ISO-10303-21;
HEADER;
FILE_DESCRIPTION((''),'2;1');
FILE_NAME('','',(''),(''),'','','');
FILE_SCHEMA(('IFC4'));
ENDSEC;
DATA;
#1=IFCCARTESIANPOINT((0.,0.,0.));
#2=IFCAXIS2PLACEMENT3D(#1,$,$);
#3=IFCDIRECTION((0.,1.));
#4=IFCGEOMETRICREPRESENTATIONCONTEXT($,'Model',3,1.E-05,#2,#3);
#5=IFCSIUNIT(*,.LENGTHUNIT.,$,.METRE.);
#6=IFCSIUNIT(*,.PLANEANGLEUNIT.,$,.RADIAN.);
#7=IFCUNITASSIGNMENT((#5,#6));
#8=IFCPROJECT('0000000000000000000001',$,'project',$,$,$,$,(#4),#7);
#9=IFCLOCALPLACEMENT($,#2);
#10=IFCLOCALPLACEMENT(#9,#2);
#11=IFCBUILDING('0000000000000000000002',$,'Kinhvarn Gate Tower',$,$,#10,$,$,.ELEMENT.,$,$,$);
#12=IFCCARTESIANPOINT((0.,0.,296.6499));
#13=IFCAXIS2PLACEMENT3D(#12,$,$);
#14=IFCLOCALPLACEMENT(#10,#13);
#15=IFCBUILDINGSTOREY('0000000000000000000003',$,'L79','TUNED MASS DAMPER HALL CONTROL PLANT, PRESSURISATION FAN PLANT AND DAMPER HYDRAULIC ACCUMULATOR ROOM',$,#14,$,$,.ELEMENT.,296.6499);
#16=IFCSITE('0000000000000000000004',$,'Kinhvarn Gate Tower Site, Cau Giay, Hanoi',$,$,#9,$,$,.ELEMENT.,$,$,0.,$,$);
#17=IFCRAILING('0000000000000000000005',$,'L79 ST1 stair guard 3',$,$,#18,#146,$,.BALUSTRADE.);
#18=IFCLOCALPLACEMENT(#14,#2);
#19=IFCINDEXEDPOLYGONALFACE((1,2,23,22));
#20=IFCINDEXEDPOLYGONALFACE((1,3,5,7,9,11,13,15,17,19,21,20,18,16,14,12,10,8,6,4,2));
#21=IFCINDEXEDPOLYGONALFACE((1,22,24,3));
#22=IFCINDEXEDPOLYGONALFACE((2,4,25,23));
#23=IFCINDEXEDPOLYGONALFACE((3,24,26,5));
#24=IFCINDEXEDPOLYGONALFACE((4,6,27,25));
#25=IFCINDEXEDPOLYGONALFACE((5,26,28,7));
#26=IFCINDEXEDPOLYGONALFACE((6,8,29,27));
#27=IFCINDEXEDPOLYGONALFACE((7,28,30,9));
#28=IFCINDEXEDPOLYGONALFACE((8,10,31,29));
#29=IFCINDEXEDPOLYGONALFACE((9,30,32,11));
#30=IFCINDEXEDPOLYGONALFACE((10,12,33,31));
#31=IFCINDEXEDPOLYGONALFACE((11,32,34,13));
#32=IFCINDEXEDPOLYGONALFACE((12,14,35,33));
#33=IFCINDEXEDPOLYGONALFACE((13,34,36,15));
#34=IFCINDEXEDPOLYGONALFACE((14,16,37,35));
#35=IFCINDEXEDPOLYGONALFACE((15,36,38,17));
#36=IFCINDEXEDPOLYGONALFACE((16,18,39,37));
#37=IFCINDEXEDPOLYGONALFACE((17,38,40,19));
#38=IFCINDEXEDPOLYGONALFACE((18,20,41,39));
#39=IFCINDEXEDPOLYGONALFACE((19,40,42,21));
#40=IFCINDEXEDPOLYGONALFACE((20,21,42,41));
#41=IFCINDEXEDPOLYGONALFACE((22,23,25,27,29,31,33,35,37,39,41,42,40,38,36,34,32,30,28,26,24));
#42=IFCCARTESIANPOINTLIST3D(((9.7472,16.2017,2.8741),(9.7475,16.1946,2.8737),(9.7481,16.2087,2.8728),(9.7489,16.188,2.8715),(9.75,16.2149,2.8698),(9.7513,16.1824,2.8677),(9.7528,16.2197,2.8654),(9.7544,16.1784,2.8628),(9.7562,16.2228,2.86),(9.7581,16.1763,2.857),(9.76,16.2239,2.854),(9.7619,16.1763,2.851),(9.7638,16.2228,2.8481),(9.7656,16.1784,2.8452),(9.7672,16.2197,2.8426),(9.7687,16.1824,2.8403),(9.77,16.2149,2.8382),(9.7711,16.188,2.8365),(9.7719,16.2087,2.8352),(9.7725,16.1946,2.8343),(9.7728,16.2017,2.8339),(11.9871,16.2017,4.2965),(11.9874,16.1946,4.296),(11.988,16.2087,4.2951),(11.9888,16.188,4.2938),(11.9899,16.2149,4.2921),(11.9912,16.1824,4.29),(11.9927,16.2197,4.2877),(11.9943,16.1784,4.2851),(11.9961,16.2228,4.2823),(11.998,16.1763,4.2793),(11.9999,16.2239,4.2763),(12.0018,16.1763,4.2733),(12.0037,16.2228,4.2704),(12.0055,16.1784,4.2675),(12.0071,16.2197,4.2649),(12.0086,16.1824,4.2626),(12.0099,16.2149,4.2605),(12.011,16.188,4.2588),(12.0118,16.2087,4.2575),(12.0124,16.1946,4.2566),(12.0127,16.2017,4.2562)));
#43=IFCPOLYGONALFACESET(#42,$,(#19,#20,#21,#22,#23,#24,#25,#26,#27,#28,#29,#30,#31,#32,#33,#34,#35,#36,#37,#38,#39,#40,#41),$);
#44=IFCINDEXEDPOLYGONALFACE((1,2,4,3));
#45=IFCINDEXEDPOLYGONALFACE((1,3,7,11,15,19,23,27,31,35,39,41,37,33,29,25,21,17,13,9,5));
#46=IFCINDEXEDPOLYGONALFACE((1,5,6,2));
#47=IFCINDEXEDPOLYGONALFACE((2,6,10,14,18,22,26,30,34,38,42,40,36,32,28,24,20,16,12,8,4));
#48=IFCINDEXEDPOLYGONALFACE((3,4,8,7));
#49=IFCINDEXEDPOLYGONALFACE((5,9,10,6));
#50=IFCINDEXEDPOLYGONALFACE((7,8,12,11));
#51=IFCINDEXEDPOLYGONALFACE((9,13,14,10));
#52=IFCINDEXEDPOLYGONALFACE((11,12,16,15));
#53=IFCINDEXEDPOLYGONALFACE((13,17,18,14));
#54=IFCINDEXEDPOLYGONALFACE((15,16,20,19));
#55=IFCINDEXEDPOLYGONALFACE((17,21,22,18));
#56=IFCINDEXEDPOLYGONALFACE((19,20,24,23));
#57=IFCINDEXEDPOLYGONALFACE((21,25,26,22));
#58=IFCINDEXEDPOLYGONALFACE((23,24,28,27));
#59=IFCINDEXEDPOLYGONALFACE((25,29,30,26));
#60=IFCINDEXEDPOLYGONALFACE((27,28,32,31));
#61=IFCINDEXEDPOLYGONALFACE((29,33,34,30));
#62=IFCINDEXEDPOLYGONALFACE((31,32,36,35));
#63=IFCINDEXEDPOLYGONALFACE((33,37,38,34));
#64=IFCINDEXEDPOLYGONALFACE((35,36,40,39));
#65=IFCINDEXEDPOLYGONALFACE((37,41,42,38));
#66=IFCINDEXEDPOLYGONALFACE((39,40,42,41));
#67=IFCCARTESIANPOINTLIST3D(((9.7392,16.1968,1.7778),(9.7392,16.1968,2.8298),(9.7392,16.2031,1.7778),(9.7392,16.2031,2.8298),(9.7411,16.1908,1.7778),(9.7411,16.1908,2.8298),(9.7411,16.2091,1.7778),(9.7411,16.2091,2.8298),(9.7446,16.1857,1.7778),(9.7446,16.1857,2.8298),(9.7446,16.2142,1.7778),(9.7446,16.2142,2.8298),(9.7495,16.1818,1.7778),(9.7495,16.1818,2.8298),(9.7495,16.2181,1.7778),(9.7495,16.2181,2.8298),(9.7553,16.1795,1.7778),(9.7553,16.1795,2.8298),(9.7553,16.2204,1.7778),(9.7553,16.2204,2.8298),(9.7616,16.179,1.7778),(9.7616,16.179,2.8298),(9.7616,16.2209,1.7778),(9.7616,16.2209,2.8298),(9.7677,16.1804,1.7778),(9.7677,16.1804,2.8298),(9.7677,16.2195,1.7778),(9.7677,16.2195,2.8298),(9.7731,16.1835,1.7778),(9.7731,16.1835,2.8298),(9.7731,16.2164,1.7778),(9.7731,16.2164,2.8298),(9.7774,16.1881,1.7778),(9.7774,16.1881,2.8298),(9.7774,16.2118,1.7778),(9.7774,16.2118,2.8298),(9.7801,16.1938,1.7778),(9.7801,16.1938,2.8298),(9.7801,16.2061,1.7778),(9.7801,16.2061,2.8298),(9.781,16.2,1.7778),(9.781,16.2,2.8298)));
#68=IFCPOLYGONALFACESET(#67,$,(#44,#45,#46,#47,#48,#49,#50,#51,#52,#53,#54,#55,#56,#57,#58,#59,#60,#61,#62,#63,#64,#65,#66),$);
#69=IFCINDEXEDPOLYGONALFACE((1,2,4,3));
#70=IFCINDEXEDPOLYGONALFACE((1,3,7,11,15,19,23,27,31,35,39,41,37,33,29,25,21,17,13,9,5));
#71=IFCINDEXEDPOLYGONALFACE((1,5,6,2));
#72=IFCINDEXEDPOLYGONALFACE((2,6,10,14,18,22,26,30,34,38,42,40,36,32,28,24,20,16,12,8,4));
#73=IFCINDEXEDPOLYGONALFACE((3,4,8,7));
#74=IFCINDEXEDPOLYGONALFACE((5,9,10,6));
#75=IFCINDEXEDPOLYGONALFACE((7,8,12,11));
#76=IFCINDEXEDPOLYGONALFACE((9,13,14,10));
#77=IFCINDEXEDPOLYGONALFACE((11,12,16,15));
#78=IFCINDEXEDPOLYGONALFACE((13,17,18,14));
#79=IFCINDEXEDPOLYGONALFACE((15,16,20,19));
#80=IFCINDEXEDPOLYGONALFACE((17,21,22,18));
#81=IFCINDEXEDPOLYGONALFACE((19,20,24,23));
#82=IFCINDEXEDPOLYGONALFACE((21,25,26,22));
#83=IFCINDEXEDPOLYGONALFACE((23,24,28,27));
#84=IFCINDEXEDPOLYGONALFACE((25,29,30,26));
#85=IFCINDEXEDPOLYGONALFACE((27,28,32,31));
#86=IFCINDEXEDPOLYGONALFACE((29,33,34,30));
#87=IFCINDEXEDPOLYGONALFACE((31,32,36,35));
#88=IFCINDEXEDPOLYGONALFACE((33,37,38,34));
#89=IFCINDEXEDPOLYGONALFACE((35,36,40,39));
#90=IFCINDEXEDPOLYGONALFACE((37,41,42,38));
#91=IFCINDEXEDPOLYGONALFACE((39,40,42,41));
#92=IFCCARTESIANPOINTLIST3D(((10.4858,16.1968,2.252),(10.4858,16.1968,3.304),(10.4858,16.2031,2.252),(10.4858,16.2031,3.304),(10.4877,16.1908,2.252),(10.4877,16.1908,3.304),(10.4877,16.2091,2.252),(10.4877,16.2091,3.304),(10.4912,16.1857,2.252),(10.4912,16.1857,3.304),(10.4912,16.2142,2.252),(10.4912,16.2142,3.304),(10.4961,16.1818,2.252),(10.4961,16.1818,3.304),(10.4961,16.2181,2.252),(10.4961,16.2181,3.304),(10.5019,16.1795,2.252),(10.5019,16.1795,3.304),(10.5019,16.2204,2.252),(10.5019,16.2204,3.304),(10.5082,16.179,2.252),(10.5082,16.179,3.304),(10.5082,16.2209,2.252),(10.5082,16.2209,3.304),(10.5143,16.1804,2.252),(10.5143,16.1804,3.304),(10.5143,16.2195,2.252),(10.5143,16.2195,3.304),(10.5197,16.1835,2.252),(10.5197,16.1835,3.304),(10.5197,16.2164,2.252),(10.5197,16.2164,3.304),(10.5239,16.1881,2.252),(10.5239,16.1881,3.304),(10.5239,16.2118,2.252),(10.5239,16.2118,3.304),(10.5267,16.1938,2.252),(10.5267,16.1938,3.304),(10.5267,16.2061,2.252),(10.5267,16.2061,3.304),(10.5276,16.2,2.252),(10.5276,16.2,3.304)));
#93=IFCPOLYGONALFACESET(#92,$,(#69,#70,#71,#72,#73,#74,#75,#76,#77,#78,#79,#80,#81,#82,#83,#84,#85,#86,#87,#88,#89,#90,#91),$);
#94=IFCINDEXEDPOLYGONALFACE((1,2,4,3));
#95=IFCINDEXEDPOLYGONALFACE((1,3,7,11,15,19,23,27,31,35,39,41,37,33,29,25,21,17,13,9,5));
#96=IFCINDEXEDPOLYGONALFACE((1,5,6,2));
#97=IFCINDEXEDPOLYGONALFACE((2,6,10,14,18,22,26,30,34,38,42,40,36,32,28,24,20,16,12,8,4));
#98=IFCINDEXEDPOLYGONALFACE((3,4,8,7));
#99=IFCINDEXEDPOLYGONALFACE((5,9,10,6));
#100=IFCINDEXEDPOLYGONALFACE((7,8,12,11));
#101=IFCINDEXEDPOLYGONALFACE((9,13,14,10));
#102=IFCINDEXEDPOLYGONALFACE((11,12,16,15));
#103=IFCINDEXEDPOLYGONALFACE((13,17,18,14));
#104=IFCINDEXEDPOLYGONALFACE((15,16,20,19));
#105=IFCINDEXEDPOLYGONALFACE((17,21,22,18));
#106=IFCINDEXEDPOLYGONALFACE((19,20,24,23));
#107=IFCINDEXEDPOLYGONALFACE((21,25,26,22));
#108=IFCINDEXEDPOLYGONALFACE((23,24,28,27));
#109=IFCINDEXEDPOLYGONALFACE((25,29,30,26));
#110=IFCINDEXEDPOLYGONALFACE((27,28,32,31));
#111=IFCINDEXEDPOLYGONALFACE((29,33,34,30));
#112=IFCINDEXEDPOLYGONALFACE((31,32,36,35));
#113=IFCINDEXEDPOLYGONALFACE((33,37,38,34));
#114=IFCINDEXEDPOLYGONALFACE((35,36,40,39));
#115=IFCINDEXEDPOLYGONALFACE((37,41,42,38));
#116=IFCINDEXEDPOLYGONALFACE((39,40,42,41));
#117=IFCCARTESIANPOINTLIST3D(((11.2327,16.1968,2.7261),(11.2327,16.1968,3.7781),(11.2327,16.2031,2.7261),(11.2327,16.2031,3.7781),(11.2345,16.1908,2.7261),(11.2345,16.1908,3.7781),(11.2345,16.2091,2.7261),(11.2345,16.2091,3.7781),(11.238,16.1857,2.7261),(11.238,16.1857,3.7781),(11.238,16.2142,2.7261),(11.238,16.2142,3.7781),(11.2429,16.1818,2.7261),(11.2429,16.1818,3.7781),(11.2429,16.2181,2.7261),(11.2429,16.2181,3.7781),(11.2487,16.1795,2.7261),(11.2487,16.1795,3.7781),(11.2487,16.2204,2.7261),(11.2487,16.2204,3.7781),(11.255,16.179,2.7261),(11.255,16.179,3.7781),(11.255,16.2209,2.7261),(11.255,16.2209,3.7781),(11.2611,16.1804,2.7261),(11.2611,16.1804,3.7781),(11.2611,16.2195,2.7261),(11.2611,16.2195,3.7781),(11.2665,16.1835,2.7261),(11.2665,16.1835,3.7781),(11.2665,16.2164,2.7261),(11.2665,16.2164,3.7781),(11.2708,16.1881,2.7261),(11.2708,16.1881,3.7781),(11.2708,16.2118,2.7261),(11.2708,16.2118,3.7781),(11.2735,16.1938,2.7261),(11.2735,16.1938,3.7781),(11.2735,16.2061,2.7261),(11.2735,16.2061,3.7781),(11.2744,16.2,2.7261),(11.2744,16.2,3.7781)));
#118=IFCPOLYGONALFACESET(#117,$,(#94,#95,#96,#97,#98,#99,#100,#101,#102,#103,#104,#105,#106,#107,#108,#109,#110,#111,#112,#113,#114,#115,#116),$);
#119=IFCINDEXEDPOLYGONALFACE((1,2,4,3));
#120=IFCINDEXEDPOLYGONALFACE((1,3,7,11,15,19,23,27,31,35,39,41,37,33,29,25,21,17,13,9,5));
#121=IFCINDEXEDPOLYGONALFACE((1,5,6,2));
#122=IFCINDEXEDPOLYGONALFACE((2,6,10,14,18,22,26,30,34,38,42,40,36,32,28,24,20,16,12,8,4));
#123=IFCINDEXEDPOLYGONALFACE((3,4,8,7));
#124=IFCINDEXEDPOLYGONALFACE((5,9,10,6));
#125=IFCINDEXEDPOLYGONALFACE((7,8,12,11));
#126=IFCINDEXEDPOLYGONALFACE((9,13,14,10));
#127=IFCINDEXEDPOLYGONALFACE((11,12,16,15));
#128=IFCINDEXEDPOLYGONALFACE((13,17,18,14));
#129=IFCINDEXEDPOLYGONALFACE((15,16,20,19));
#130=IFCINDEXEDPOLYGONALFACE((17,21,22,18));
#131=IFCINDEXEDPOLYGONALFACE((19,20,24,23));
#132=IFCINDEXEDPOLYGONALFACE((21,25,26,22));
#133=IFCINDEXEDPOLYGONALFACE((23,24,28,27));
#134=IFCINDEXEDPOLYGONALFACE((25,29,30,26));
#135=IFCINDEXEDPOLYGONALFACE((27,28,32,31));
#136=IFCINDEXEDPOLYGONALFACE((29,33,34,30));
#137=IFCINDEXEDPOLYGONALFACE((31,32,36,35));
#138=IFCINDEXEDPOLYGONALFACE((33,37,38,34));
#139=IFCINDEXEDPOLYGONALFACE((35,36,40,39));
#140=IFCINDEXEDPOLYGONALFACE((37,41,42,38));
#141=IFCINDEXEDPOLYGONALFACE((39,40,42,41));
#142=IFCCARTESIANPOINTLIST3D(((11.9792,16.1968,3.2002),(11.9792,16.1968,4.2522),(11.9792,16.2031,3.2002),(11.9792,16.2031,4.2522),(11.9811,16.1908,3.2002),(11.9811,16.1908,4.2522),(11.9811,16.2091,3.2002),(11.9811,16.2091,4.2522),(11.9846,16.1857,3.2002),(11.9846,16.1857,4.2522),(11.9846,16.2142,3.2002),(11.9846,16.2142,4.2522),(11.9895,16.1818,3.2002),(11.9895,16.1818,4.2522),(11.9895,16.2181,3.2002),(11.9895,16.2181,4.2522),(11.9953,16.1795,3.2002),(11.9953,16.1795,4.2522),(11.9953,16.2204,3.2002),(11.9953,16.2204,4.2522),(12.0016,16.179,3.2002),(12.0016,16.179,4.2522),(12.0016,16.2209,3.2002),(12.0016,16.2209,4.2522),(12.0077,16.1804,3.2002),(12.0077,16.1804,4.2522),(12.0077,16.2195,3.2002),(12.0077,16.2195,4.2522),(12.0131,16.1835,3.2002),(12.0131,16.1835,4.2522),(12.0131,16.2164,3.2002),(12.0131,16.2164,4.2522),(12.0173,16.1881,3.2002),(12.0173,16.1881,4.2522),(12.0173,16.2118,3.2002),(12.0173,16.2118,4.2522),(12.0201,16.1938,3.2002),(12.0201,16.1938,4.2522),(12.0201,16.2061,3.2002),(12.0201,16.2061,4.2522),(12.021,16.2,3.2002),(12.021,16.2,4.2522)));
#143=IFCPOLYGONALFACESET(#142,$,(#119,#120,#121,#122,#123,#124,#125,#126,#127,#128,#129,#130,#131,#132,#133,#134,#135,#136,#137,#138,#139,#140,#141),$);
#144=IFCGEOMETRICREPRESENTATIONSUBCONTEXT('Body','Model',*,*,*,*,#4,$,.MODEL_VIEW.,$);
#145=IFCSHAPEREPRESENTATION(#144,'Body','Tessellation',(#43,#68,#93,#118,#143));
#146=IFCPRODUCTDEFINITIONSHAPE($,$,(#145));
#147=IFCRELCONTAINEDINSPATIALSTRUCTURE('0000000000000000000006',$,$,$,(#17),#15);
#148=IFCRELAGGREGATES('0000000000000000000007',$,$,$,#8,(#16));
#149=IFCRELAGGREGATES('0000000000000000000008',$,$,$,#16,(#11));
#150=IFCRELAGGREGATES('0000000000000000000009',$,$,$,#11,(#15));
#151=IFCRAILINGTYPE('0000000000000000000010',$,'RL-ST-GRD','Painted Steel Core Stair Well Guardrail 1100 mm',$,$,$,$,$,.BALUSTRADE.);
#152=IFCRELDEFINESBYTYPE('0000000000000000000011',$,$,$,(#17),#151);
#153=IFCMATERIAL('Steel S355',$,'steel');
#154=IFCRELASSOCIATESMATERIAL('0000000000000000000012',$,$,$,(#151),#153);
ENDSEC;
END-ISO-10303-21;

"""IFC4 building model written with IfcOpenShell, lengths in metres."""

from ifc_helpers import new_model, si_unit, direction, frame, origin, origin_2d, place, context, subcontext, project, spatial, circle, extrude, material, type_object, element, save


model = new_model("IFC4")

# Units and contexts
model_context = context("Model", 3, precision=1e-05, world=origin(), true_north=direction((0.0, 1.0)))
body_context = subcontext(model_context, "Body", "Model", "MODEL_VIEW")
ifc_project = project(units=[si_unit("LENGTHUNIT", "METRE"), si_unit("PLANEANGLEUNIT", "RADIAN")], contexts=[model_context])

# Site, building, storey
site_placement = place(None, origin())
site = spatial("IfcSite", under=ifc_project, at=site_placement, Name="Kinhvarn Gate Tower Site, Cau Giay, Hanoi", CompositionType="ELEMENT", RefElevation=0.0)
building_placement = place(site_placement, origin())
building = spatial("IfcBuilding", under=site, at=building_placement, Name="Kinhvarn Gate Tower", CompositionType="ELEMENT")
storey_placement = place(building_placement, frame((0.0, 0.0, 296.6499)))
storey = spatial("IfcBuildingStorey", under=building, at=storey_placement, Name="L79", Description="TUNED MASS DAMPER HALL CONTROL PLANT, PRESSURISATION FAN PLANT AND DAMPER HYDRAULIC ACCUMULATOR ROOM", CompositionType="ELEMENT", Elevation=296.6499)

# Shared definitions
ifc_material_1 = material(Name="Steel S355", Category="steel")

# Railing
railing_type_1 = type_object("IfcRailingType", Name="RL-ST-GRD", Description="Painted Steel Core Stair Well Guardrail 1100 mm", PredefinedType="BALUSTRADE", material=ifc_material_1)
railing_1_placement = place(storey_placement, frame((9.76, 16.2, 1.7778)))
element("IfcRailing", 1, at=railing_1_placement, inside=storey, type_object=railing_type_1, Name="L79 ST1 stair guard 3", PredefinedType="BALUSTRADE", context=body_context, shape_type="SweptSolid", body=[
    extrude(circle(Radius=0.0239, at=origin_2d()), frame((0.0, 0.0, 1.0762), z_axis=(0.844188, 0.0, 0.536048), x_axis=(0.0, 1.0, 0.0)), (0.0, 0.0, 1.0), 2.6533),
    extrude(circle(Radius=0.021, at=origin_2d()), origin(), (0.0, 0.0, 1.0), 1.052),
    extrude(circle(Radius=0.021, at=origin_2d()), frame((0.7466, 0.0, 0.4741)), (0.0, 0.0, 1.0), 1.052),
    extrude(circle(Radius=0.021, at=origin_2d()), frame((1.4934, 0.0, 0.9482)), (0.0, 0.0, 1.0), 1.052),
    extrude(circle(Radius=0.021, at=origin_2d()), frame((2.24, 0.0, 1.4224)), (0.0, 0.0, 1.0), 1.052),
])

save(model, "model.ifc")
